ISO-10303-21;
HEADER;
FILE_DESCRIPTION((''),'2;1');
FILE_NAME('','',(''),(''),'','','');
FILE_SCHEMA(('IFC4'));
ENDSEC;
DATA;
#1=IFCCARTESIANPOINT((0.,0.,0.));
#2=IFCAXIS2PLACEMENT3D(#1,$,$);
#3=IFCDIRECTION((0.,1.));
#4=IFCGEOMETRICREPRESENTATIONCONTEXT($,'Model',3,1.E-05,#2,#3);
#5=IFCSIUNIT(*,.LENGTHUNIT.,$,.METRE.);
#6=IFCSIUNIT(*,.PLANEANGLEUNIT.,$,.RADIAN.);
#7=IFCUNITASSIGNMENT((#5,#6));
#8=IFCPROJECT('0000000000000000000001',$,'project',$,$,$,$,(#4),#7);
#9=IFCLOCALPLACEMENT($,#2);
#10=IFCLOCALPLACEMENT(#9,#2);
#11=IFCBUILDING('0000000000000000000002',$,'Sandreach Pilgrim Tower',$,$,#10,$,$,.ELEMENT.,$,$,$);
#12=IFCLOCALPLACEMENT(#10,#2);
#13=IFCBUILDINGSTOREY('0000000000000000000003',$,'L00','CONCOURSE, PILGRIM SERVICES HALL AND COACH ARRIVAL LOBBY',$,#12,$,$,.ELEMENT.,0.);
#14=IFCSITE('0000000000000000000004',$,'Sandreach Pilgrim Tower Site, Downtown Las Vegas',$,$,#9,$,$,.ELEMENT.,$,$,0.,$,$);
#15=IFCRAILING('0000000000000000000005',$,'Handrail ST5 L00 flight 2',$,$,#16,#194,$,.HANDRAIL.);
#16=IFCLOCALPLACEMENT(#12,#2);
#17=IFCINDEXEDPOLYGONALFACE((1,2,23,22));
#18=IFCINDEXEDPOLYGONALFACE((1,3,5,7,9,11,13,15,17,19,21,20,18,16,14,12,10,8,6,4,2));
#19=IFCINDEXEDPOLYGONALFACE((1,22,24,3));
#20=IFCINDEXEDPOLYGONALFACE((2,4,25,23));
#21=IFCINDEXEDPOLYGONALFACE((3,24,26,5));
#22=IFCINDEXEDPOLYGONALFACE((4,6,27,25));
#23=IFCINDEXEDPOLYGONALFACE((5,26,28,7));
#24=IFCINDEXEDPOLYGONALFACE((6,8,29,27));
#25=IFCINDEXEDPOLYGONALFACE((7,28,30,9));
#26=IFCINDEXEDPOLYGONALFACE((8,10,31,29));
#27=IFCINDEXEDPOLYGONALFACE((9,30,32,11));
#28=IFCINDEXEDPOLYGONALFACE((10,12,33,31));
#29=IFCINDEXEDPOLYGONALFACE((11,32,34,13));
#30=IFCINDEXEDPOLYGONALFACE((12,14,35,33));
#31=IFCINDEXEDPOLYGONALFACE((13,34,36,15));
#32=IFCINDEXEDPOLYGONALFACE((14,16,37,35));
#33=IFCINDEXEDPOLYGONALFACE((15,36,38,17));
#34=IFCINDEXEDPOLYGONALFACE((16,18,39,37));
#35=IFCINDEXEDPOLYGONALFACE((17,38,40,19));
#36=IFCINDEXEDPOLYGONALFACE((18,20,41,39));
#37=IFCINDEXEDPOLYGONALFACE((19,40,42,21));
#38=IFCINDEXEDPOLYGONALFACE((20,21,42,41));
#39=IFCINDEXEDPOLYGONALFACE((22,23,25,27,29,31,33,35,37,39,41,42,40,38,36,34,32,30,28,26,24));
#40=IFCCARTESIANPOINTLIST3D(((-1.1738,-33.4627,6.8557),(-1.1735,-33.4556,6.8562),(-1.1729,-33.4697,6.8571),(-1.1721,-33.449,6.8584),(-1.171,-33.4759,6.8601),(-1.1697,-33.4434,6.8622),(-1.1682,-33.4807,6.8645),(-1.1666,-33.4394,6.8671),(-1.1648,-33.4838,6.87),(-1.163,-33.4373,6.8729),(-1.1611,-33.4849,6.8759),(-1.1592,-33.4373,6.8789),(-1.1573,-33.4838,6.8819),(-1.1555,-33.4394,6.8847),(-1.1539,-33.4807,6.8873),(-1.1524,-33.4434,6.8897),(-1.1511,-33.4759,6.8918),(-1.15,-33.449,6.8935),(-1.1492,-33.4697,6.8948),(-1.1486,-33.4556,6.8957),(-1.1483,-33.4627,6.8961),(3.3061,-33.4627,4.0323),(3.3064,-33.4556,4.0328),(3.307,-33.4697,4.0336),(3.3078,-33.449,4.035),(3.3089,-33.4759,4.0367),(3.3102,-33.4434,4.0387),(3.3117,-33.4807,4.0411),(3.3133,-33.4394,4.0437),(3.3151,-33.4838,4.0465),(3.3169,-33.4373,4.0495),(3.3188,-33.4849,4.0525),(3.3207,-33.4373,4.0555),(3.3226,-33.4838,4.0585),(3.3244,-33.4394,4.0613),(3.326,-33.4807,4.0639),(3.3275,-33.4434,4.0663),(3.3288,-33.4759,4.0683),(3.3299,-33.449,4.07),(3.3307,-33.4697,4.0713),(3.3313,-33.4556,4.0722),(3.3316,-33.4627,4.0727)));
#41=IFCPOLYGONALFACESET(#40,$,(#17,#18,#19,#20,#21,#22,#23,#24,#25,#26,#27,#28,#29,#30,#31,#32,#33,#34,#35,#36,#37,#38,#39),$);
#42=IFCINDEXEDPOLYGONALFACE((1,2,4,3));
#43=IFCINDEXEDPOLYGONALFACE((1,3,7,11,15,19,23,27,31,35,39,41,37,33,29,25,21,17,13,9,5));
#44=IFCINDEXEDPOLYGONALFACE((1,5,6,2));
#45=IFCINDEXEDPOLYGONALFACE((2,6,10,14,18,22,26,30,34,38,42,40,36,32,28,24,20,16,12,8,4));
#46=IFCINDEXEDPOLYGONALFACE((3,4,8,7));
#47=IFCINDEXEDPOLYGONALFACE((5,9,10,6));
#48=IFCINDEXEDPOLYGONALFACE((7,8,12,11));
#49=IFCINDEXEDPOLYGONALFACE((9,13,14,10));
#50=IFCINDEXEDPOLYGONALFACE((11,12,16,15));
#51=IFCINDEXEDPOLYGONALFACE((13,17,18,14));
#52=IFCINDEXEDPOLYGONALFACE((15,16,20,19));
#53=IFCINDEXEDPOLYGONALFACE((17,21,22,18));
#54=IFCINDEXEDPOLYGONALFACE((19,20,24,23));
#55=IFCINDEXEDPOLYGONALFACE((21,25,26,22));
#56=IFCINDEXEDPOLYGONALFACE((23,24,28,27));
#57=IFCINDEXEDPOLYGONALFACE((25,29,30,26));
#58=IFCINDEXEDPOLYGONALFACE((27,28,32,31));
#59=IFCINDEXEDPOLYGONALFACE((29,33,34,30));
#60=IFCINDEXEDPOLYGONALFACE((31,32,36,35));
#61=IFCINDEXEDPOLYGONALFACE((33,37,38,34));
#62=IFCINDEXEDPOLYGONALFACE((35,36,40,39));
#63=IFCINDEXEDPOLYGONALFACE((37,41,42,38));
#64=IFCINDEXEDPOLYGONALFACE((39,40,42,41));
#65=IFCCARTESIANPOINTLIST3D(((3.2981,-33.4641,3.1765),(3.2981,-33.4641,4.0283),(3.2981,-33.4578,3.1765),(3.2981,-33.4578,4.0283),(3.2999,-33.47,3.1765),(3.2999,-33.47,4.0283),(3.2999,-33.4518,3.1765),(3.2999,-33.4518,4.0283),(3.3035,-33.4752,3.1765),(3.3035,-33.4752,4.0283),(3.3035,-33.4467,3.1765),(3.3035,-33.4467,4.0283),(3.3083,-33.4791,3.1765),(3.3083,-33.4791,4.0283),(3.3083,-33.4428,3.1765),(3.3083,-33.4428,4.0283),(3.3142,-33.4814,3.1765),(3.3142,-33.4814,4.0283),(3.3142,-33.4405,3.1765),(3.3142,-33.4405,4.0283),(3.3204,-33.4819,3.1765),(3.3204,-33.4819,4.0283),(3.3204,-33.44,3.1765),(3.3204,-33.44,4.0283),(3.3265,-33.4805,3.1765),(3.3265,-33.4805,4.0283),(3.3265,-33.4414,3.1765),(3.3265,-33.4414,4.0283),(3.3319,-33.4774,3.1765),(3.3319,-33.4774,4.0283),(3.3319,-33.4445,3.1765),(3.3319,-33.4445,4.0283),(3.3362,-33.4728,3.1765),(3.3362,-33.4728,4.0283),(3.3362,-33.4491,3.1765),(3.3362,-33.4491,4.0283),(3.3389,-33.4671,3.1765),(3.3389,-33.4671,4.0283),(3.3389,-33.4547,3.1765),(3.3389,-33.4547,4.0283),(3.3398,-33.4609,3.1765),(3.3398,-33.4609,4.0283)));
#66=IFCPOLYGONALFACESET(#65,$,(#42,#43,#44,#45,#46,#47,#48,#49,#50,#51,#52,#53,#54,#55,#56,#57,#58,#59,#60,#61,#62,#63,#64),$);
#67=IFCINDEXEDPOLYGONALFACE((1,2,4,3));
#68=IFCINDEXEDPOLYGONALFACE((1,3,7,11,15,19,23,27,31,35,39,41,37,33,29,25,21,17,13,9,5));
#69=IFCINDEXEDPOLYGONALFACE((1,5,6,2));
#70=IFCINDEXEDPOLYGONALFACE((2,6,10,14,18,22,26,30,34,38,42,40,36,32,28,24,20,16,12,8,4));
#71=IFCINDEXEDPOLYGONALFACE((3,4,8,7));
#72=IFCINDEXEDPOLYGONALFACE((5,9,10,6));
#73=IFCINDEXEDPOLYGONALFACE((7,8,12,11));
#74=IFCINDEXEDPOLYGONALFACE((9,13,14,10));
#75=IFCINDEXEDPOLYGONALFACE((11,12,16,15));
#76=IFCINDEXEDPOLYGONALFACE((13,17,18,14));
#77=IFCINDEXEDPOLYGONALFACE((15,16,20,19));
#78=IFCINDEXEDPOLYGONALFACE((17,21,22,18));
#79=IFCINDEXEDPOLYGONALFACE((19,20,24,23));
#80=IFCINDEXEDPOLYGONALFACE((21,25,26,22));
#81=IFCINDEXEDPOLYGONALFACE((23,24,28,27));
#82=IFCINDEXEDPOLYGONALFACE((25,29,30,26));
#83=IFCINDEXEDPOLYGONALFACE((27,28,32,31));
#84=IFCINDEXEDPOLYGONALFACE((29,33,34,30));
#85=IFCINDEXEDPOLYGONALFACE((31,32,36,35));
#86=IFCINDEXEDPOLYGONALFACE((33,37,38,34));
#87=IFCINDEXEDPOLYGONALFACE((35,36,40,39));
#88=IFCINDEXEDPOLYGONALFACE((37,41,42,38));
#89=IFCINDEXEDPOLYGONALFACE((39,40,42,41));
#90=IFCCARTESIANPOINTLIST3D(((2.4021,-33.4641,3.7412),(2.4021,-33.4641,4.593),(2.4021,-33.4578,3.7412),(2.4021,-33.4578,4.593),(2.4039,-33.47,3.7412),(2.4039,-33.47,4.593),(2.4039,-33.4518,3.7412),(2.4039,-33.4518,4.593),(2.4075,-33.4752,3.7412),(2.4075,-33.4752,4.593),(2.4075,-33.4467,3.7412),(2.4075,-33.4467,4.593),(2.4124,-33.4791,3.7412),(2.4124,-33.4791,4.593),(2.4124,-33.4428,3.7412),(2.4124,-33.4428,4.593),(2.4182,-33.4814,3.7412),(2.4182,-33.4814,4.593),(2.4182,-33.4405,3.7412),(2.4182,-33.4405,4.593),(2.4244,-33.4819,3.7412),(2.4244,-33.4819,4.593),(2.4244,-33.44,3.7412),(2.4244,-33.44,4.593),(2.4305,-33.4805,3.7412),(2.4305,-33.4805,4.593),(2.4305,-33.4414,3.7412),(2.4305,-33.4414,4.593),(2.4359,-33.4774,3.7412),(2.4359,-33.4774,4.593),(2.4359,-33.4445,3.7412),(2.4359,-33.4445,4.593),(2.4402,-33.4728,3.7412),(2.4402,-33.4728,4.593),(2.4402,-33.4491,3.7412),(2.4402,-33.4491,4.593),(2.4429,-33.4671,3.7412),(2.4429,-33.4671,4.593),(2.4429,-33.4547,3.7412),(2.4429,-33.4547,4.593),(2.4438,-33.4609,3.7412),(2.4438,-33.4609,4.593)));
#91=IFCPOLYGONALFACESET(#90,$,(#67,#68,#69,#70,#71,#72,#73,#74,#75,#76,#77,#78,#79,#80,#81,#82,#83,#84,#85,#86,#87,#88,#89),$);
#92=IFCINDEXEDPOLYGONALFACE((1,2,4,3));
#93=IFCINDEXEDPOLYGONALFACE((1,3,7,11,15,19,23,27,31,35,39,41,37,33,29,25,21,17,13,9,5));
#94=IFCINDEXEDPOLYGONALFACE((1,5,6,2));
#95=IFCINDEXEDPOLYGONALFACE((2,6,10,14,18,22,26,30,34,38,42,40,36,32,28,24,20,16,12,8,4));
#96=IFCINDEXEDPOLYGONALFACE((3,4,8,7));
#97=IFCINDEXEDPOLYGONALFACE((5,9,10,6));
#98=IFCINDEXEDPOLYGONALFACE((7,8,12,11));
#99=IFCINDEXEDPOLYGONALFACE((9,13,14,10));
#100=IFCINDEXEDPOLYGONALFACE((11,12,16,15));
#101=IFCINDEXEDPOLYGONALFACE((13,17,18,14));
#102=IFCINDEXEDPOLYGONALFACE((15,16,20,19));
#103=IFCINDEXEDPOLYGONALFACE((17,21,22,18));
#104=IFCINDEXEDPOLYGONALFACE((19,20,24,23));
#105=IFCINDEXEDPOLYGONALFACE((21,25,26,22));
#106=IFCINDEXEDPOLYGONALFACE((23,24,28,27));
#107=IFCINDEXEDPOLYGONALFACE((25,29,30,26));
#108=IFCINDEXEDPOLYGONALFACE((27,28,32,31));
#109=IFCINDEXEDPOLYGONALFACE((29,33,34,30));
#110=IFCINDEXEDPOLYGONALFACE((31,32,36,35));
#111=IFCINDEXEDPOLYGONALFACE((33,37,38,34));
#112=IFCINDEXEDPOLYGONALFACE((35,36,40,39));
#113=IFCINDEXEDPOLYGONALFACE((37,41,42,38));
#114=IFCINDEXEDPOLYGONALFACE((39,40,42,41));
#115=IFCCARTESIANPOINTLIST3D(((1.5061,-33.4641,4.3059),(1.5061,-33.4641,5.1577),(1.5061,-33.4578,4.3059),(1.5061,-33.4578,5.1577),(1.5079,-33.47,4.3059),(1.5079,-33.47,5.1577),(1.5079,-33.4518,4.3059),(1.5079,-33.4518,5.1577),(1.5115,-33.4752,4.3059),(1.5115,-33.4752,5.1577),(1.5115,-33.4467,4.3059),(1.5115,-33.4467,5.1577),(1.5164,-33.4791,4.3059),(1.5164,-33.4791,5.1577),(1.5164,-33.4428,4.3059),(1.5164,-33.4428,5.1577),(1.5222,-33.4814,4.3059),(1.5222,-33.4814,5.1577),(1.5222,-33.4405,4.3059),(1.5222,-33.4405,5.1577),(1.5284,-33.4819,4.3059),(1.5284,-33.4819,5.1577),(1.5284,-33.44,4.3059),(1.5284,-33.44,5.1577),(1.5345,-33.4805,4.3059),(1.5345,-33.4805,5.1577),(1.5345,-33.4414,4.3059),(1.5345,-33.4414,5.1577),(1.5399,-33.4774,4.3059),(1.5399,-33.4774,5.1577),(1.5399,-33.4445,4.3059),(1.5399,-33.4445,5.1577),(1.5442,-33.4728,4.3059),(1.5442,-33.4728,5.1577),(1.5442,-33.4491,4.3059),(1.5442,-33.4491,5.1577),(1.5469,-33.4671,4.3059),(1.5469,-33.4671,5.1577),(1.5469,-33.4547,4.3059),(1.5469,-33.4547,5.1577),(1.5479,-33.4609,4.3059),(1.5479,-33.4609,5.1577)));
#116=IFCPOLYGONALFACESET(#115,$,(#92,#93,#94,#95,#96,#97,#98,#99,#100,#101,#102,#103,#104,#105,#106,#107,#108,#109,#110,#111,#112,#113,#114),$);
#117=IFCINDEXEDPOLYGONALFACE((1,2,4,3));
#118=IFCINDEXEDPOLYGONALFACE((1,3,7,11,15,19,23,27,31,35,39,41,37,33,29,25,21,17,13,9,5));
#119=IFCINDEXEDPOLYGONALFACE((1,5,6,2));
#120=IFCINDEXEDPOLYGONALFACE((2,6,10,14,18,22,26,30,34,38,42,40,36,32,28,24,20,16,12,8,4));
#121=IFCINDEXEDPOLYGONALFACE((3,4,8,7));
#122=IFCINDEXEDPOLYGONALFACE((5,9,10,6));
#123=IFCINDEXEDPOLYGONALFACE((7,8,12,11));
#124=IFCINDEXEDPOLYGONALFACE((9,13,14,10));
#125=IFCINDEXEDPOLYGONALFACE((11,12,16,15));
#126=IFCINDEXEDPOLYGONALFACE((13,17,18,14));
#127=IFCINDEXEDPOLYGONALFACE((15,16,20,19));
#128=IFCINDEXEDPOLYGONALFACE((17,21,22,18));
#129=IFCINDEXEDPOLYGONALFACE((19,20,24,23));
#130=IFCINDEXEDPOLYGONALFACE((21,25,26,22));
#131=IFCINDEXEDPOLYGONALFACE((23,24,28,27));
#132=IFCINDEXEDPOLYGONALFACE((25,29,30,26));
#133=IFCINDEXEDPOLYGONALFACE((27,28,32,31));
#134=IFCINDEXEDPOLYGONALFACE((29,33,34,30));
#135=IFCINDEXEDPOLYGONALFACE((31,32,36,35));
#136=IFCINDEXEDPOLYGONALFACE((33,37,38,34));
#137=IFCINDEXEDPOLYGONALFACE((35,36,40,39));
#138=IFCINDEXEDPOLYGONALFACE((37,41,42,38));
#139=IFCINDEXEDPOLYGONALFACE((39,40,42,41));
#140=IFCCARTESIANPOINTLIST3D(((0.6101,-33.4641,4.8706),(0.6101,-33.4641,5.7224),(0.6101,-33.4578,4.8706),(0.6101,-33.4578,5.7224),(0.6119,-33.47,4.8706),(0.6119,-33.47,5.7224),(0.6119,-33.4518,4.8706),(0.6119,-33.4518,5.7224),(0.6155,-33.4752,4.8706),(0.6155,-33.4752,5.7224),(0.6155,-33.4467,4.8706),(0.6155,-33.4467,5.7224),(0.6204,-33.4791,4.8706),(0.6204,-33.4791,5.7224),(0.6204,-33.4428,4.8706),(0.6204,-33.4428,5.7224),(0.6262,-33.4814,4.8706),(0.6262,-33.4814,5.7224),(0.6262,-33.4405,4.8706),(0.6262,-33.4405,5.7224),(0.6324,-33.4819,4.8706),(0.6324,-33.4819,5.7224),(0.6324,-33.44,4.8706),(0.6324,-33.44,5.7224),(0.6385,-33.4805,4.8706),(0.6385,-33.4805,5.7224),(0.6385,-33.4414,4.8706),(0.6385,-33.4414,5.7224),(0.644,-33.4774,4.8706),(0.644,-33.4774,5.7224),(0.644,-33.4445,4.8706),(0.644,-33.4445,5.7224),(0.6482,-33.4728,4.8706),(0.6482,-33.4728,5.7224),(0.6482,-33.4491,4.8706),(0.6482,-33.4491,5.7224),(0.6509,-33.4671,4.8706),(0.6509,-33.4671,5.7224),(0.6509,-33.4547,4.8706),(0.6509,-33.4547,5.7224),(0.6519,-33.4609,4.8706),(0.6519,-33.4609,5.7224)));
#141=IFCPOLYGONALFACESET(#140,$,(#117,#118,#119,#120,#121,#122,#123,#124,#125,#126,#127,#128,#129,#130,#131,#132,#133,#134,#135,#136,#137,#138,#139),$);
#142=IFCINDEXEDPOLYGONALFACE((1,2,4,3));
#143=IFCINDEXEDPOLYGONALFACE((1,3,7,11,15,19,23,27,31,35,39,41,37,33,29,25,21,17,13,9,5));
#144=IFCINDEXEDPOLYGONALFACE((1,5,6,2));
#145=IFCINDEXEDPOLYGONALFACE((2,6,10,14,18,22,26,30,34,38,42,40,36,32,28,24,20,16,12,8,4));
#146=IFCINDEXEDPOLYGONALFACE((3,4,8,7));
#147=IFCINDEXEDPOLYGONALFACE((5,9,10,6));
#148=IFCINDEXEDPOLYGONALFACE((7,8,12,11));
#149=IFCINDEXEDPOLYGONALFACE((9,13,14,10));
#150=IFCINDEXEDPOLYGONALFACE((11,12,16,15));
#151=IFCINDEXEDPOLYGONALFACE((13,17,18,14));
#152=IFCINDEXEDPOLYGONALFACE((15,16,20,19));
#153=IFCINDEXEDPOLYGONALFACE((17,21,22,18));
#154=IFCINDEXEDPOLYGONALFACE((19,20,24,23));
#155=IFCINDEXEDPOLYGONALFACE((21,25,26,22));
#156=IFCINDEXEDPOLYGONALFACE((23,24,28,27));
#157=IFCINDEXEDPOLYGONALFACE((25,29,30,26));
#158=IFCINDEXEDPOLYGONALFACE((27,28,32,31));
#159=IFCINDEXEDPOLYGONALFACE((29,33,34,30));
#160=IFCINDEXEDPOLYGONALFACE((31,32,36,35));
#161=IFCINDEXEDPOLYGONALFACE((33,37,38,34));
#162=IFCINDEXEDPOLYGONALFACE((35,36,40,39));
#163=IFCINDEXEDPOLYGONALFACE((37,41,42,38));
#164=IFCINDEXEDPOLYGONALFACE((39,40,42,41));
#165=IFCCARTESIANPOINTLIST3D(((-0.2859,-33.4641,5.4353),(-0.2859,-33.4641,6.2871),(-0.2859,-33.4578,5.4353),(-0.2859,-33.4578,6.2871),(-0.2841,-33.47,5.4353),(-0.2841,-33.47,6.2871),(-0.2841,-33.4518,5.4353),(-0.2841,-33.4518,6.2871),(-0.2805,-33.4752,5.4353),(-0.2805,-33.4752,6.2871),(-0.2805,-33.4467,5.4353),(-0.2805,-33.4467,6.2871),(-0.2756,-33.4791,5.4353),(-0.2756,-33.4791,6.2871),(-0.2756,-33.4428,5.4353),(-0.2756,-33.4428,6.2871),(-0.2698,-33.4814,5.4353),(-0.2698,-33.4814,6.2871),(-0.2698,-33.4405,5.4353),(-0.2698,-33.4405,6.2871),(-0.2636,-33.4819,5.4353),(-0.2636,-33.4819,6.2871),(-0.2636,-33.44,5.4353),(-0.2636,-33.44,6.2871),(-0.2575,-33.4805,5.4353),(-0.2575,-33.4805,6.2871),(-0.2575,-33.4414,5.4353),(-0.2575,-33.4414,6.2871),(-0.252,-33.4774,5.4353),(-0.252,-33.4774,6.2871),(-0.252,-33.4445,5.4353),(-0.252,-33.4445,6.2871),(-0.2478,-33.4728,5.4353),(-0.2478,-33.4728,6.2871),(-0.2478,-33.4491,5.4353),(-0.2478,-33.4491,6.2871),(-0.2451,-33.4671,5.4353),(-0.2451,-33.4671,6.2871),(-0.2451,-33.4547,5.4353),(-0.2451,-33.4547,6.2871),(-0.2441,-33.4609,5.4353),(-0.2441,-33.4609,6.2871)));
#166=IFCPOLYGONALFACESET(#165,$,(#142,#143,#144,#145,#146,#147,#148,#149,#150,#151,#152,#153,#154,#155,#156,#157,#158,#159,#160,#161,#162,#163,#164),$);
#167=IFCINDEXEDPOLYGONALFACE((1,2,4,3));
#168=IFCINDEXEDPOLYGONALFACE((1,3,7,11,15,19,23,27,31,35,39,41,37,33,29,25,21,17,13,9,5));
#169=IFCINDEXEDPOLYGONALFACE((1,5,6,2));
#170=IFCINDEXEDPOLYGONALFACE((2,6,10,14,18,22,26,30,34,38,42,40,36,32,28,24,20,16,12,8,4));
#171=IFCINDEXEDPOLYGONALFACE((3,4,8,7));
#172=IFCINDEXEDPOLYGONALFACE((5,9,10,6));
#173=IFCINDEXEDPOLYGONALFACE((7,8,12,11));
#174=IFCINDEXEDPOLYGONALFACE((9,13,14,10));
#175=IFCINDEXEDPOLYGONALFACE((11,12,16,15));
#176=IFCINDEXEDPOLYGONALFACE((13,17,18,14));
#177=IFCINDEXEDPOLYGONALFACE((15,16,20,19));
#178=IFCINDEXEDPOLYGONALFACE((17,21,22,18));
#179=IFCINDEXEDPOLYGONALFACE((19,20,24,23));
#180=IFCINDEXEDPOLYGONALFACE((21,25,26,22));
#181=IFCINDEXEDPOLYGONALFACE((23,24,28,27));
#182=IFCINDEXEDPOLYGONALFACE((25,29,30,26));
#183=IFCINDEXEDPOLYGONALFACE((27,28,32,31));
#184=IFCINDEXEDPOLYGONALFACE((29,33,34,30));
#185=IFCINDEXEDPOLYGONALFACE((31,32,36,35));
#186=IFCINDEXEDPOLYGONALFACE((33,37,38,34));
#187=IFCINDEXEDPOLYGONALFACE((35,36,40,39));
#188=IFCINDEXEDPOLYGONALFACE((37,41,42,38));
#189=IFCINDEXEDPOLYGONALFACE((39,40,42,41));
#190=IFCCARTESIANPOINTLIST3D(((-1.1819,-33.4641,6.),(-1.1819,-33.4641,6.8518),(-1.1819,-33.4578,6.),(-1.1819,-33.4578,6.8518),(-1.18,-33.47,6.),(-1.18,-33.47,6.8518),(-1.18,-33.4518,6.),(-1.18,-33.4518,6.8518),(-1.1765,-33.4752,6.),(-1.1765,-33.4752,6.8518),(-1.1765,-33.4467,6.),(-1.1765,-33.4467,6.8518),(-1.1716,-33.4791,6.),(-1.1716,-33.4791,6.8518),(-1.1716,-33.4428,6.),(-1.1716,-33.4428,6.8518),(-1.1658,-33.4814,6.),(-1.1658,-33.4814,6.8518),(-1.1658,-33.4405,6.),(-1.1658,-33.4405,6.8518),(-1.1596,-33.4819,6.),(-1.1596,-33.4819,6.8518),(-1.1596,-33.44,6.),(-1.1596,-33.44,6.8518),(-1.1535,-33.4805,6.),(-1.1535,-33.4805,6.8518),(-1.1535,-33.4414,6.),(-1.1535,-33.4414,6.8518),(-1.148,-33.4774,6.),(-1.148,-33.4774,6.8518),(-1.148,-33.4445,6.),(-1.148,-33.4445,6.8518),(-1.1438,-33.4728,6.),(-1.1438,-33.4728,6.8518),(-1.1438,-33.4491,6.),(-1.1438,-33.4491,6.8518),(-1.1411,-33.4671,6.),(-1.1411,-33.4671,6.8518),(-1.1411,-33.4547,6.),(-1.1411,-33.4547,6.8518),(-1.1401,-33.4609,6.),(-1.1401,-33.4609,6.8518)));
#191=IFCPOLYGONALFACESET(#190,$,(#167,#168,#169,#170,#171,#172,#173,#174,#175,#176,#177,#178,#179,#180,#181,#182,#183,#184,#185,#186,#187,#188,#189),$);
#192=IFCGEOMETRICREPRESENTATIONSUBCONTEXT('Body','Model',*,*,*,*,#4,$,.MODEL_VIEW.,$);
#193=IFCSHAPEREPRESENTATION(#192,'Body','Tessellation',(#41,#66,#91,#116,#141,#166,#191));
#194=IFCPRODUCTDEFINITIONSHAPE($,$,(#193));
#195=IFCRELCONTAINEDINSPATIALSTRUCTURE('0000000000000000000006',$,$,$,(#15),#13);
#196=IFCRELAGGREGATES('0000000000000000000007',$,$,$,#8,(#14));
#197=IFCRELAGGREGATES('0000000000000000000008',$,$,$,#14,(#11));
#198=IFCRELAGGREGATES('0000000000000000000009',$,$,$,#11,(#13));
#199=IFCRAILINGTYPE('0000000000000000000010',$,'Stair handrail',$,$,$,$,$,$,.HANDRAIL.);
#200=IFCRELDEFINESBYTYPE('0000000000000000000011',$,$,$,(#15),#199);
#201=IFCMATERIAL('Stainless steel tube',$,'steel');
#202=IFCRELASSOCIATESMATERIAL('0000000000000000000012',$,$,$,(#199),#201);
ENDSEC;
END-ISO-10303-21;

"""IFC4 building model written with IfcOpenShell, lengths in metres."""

from ifc_helpers import new_model, si_unit, direction, frame, origin, origin_2d, place, context, subcontext, project, spatial, circle, extrude, material, type_object, element, save


model = new_model("IFC4")

# Units and contexts
model_context = context("Model", 3, precision=1e-05, world=origin(), true_north=direction((0.0, 1.0)))
body_context = subcontext(model_context, "Body", "Model", "MODEL_VIEW")
ifc_project = project(units=[si_unit("LENGTHUNIT", "METRE"), si_unit("PLANEANGLEUNIT", "RADIAN")], contexts=[model_context])

# Site, building, storey
site_placement = place(None, origin())
site = spatial("IfcSite", under=ifc_project, at=site_placement, Name="Sandreach Pilgrim Tower Site, Downtown Las Vegas", CompositionType="ELEMENT", RefElevation=0.0)
building_placement = place(site_placement, origin())
building = spatial("IfcBuilding", under=site, at=building_placement, Name="Sandreach Pilgrim Tower", CompositionType="ELEMENT")
storey_placement = place(building_placement, origin())
storey = spatial("IfcBuildingStorey", under=building, at=storey_placement, Name="L00", Description="CONCOURSE, PILGRIM SERVICES HALL AND COACH ARRIVAL LOBBY", CompositionType="ELEMENT", Elevation=0.0)

# Railing
ifc_material_1 = material(Name="Stainless steel tube", Category="steel")
railing_type = type_object("IfcRailingType", Name="Stair handrail", PredefinedType="HANDRAIL", material=ifc_material_1)
for number, where, name in (
    (1, (3.3188, -33.4609, 3.1765), "Handrail ST5 L00 flight 2"),
):
    element("IfcRailing", number, at=place(storey_placement, frame(where)), inside=storey, type_object=railing_type, Name=name, PredefinedType="HANDRAIL", context=body_context, shape_type="SweptSolid", body=[
        extrude(circle(Radius=0.0239, at=origin_2d()), frame((0.0, 0.0, 0.876), z_axis=(-0.845998, 0.0, 0.533186), x_axis=(0.0, -1.0, 0.0)), (0.0, 0.0, 1.0), 5.2954),
        extrude(circle(Radius=0.021, at=origin_2d()), origin(), (0.0, 0.0, 1.0), 0.8518),
        extrude(circle(Radius=0.021, at=origin_2d()), frame((-0.896, 0.0, 0.5647)), (0.0, 0.0, 1.0), 0.8518),
        extrude(circle(Radius=0.021, at=origin_2d()), frame((-1.792, 0.0, 1.1294)), (0.0, 0.0, 1.0), 0.8518),
        extrude(circle(Radius=0.021, at=origin_2d()), frame((-2.688, 0.0, 1.6941)), (0.0, 0.0, 1.0), 0.8518),
        extrude(circle(Radius=0.021, at=origin_2d()), frame((-3.584, 0.0, 2.2588)), (0.0, 0.0, 1.0), 0.8518),
        extrude(circle(Radius=0.021, at=origin_2d()), frame((-4.48, 0.0, 2.8235)), (0.0, 0.0, 1.0), 0.8518),
    ])

save(model, "model.ifc")
